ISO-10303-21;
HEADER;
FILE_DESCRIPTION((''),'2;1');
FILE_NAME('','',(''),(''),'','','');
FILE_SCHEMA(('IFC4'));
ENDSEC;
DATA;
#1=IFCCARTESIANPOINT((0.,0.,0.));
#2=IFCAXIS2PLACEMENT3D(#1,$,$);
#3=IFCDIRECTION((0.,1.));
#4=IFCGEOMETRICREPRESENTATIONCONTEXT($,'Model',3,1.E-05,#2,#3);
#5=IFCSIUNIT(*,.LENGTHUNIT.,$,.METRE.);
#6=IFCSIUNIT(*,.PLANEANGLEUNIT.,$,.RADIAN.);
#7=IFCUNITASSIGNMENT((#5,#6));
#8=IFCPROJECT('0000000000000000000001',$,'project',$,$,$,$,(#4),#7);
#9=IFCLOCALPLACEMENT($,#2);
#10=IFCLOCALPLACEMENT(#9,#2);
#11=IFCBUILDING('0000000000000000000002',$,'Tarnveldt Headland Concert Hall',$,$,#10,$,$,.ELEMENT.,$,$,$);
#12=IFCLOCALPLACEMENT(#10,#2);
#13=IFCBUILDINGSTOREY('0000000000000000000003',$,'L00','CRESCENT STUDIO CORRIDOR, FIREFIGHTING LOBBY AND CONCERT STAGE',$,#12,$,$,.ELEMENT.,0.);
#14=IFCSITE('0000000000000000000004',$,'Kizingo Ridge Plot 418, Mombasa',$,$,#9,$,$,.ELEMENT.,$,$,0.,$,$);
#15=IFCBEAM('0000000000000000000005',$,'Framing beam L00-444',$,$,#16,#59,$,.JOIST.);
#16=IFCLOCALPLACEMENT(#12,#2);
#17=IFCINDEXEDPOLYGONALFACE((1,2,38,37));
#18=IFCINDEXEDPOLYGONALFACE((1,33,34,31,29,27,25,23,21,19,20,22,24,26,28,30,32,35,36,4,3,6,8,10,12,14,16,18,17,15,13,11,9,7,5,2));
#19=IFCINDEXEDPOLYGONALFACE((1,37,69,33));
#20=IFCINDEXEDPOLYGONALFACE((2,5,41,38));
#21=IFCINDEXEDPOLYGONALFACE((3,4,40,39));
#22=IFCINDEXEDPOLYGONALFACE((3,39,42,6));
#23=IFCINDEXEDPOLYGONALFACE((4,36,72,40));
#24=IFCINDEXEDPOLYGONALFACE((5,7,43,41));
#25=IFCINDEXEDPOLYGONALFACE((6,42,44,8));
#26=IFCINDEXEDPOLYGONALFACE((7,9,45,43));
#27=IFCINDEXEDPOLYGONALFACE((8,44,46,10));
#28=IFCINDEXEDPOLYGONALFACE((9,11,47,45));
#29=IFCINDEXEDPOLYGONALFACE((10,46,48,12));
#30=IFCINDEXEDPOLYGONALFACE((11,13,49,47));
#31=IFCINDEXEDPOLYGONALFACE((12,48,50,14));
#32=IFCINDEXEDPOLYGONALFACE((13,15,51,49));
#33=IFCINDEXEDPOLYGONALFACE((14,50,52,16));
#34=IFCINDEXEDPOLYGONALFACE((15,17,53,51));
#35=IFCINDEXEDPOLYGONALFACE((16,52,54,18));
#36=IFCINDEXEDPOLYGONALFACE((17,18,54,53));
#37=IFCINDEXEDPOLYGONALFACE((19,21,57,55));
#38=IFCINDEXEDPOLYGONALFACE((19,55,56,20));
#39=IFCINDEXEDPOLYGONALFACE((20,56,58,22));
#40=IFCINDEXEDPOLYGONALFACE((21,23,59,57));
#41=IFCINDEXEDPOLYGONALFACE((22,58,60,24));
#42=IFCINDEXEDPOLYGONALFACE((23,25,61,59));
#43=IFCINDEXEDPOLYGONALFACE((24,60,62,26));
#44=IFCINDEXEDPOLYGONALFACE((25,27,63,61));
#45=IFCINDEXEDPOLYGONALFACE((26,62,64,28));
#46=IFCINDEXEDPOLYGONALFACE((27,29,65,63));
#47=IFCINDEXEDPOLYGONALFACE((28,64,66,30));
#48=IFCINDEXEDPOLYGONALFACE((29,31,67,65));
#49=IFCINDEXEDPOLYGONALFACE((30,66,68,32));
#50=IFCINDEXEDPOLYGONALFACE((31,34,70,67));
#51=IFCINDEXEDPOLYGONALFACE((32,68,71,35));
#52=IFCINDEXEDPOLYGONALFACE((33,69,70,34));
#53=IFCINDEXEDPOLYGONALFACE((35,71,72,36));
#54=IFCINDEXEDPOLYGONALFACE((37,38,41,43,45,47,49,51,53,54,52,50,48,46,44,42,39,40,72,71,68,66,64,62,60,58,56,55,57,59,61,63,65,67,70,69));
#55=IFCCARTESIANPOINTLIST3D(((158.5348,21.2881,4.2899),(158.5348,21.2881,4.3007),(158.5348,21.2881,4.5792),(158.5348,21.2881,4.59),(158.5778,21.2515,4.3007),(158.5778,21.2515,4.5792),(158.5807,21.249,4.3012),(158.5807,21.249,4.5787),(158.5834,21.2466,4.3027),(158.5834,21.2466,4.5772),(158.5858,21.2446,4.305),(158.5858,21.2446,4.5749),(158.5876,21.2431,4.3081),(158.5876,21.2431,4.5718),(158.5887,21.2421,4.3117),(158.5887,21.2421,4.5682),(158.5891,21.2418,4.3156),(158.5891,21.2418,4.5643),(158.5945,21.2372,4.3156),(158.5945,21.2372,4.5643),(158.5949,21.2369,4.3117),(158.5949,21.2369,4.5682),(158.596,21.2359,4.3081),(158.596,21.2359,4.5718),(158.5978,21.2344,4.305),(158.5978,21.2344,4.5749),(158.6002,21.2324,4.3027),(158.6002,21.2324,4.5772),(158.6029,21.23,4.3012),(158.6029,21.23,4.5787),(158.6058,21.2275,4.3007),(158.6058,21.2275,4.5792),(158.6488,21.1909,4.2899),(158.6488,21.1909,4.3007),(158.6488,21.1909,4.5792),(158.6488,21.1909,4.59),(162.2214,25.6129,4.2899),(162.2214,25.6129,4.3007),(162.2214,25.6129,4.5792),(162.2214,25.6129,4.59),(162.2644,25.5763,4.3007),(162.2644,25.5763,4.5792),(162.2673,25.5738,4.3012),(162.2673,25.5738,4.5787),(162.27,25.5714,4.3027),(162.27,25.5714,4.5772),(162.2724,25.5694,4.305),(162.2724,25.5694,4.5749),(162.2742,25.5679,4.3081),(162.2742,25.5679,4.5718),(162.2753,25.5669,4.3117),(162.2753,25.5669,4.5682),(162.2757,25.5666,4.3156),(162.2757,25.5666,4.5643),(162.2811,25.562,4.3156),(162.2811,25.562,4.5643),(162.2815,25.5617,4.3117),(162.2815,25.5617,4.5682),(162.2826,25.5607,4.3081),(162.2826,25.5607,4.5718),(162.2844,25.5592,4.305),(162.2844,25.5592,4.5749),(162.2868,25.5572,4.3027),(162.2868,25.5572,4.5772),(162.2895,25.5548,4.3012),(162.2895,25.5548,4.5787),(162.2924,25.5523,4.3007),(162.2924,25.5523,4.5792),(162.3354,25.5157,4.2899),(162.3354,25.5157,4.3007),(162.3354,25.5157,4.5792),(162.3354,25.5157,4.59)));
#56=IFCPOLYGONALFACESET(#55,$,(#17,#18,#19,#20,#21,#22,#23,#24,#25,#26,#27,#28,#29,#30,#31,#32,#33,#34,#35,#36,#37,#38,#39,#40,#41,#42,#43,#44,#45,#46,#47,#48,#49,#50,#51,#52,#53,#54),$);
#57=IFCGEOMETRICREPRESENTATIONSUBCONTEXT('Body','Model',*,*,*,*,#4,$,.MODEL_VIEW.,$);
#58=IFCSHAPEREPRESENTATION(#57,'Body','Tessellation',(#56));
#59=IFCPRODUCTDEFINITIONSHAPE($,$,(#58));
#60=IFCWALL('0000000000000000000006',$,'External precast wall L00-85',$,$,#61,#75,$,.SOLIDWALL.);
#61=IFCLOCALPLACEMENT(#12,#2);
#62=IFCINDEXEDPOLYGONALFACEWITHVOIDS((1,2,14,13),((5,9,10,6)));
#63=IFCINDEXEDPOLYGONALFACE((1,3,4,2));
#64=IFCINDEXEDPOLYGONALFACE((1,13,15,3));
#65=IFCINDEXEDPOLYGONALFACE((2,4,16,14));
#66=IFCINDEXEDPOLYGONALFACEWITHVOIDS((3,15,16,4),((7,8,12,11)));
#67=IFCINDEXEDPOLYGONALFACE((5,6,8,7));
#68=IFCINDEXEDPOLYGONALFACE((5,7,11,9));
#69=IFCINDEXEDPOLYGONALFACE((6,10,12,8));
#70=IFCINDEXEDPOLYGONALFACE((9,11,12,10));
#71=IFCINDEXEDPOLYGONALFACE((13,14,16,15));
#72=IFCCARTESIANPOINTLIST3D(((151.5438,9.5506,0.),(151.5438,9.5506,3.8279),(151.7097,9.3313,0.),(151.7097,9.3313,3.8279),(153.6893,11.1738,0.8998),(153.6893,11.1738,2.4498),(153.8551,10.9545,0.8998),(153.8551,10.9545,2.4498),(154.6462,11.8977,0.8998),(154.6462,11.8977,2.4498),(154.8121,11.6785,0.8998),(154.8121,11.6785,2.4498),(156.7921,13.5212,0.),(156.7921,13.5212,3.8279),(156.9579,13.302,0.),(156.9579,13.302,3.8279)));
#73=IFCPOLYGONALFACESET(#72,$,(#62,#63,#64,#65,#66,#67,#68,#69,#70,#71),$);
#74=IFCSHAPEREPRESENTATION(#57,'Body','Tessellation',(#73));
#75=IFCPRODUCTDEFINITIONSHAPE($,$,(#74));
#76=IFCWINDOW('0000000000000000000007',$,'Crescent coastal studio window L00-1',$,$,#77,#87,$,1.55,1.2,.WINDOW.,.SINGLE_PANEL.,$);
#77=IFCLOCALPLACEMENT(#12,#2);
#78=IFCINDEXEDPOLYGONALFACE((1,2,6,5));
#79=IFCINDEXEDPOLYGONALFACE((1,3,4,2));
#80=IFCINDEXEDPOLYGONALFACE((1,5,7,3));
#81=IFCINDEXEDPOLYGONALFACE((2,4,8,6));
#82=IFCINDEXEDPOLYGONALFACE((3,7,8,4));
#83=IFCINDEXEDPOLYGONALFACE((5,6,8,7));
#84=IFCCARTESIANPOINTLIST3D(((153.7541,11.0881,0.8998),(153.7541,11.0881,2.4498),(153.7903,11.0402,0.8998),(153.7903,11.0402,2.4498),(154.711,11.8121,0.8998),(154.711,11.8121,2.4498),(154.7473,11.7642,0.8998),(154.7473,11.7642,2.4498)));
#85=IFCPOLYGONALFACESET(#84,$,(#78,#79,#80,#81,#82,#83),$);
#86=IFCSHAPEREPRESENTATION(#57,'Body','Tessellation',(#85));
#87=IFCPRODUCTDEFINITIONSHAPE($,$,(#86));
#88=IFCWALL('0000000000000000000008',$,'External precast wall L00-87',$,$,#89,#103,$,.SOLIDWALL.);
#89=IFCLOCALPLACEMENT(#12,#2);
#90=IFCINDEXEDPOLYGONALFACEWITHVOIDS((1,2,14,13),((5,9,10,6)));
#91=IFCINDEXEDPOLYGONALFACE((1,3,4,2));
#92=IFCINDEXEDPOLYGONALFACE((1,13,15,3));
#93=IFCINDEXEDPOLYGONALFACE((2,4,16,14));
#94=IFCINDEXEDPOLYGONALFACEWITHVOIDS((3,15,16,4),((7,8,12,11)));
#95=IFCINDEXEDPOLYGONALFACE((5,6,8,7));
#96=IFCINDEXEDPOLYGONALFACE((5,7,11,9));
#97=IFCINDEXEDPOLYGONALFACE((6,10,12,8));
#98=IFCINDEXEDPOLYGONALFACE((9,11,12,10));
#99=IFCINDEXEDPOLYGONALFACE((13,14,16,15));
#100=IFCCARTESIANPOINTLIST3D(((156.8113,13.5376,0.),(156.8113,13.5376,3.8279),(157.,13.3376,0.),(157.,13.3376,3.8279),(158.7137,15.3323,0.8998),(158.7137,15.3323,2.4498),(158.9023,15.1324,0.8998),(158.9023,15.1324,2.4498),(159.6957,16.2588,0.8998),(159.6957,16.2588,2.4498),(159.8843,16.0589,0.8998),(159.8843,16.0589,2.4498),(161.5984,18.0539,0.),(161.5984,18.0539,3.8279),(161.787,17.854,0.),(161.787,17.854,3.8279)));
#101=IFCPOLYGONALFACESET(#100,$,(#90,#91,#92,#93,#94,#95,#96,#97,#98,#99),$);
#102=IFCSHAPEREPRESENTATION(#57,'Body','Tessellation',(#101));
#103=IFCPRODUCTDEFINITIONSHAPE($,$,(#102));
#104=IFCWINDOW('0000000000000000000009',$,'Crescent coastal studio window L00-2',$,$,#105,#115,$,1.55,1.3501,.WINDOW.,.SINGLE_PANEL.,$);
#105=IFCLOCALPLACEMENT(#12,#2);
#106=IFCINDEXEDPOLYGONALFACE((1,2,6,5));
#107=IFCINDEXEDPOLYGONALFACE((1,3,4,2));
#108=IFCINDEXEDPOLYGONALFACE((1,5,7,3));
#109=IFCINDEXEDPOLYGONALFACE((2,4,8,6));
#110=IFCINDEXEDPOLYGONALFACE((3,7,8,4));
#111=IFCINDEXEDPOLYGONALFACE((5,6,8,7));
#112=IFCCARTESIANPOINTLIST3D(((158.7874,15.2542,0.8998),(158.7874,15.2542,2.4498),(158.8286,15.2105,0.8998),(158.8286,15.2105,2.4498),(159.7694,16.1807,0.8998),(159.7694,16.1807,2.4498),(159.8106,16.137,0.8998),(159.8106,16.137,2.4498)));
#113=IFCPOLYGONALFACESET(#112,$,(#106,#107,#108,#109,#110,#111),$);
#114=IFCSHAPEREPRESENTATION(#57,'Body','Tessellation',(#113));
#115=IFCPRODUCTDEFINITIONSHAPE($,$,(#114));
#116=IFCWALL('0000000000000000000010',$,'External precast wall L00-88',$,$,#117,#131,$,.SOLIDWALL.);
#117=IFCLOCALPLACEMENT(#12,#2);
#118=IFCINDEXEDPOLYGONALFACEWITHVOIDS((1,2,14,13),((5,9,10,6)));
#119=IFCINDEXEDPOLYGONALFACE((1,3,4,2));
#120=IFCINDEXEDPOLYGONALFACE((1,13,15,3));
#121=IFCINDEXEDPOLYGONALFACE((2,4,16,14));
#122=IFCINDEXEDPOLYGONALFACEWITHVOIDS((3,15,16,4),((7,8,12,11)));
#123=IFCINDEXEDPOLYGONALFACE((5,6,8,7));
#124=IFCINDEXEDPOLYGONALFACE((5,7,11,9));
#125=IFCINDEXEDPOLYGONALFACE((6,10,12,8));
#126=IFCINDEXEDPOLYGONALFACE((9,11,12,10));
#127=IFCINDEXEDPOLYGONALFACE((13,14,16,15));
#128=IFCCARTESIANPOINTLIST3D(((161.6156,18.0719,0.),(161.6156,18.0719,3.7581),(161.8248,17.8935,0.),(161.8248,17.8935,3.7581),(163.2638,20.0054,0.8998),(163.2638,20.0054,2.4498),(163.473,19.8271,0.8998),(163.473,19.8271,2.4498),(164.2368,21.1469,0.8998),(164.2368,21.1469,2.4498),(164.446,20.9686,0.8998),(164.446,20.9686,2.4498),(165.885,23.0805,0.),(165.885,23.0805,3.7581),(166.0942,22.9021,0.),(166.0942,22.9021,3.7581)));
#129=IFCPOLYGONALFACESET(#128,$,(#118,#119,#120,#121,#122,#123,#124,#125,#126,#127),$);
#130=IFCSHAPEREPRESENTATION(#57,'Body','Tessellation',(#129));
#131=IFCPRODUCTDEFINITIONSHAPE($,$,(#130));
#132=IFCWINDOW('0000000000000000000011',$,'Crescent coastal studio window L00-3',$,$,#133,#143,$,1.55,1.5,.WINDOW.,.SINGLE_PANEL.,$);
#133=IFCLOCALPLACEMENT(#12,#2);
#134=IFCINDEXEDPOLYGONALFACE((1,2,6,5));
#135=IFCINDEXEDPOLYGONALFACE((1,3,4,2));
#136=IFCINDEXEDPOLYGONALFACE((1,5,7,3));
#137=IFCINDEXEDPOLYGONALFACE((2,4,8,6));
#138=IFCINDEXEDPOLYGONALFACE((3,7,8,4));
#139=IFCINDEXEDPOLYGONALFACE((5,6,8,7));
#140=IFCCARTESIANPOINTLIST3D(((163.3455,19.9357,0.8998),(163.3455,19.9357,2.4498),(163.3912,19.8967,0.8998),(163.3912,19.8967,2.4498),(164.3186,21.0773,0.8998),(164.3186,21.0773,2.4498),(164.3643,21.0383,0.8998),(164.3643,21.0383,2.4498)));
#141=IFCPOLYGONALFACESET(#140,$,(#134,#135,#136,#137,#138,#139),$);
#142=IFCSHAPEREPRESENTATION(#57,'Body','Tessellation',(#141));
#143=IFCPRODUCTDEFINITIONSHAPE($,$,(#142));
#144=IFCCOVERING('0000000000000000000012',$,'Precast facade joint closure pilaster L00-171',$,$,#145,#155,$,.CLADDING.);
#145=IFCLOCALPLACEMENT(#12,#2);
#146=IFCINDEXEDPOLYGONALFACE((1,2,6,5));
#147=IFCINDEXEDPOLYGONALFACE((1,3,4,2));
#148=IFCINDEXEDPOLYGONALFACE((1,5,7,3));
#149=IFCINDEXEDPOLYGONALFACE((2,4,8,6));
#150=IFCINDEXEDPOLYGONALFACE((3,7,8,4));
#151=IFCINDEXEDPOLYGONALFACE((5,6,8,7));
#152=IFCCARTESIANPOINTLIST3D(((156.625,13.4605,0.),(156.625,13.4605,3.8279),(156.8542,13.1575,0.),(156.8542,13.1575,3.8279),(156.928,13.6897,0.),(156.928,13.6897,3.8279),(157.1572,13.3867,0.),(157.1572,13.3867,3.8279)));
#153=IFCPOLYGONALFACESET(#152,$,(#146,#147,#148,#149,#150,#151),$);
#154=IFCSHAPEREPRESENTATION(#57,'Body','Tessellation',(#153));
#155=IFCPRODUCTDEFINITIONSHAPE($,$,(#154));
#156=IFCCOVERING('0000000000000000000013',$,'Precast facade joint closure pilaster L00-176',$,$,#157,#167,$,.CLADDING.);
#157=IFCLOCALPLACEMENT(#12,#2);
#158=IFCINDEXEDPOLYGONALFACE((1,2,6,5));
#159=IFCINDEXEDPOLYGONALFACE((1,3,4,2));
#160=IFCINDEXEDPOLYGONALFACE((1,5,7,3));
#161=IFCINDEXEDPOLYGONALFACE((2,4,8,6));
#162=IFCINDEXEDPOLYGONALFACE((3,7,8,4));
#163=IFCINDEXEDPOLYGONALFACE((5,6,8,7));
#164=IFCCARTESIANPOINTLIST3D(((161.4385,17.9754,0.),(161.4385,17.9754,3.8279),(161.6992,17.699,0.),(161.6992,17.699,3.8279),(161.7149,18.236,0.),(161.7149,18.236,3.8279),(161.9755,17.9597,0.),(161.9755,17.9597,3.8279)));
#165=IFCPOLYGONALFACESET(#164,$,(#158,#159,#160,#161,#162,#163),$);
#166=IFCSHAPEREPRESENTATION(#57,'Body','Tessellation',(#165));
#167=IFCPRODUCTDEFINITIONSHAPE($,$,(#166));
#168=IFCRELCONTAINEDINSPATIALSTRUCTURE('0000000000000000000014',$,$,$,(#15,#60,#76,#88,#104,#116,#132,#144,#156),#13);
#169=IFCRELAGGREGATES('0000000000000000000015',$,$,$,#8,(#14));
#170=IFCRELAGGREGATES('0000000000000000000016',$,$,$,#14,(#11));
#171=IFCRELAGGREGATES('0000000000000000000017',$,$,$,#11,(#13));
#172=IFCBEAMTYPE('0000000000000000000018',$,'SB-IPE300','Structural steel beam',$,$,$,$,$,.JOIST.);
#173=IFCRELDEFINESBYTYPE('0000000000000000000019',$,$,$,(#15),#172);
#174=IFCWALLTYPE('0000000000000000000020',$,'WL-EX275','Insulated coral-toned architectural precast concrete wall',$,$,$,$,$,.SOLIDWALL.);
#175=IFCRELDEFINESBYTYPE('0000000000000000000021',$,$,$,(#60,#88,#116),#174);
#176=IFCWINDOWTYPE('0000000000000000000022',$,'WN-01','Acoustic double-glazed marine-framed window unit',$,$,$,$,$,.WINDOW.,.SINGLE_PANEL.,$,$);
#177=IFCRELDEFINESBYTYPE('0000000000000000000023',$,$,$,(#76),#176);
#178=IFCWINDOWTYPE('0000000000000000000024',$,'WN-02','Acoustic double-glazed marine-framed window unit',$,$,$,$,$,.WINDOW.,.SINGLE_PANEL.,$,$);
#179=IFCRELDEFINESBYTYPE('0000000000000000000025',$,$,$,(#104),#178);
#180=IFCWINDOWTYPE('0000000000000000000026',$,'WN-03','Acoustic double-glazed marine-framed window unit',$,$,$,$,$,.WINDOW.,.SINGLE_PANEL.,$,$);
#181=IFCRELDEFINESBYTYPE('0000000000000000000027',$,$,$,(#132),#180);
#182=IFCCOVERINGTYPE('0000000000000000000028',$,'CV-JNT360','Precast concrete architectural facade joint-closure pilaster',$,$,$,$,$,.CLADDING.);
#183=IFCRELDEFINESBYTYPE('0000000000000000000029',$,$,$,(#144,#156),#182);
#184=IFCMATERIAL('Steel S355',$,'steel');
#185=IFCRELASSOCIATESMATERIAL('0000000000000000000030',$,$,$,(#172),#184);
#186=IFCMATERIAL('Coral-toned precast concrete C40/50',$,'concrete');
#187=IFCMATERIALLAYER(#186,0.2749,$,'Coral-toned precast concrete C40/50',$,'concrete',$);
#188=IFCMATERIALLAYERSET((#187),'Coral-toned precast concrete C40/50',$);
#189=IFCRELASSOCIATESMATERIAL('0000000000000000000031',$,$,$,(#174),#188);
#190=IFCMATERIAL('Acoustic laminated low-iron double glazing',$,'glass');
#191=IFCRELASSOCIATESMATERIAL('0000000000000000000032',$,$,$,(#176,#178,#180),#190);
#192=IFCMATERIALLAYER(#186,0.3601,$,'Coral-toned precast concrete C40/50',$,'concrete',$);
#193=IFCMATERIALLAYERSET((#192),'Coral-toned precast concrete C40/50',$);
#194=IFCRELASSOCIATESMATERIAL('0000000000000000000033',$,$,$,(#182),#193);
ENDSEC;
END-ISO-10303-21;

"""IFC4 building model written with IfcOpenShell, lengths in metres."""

from ifc_helpers import new_model, si_unit, direction, frame, frame_2d, origin, origin_2d, place, context, subcontext, project, spatial, rectangle, i_section, extrude, material, layer, layer_set, material_profile, profile_set, type_object, element, fill, save


model = new_model("IFC4")

# Units and contexts
model_context = context("Model", 3, precision=1e-05, world=origin(), true_north=direction((0.0, 1.0)))
body_context = subcontext(model_context, "Body", "Model", "MODEL_VIEW")
ifc_project = project(units=[si_unit("LENGTHUNIT", "METRE"), si_unit("PLANEANGLEUNIT", "RADIAN")], contexts=[model_context])

# Site, building, storey
site_placement = place(None, origin())
site = spatial("IfcSite", under=ifc_project, at=site_placement, Name="Kizingo Ridge Plot 418, Mombasa", CompositionType="ELEMENT", RefElevation=0.0)
building_placement = place(site_placement, origin())
building = spatial("IfcBuilding", under=site, at=building_placement, Name="Tarnveldt Headland Concert Hall", CompositionType="ELEMENT")
storey_placement = place(building_placement, origin())
storey = spatial("IfcBuildingStorey", under=building, at=storey_placement, Name="L00", Description="CRESCENT STUDIO CORRIDOR, FIREFIGHTING LOBBY AND CONCERT STAGE", CompositionType="ELEMENT", Elevation=0.0)

# Beam
ifc_material_1 = material(Name="Steel S355", Category="steel")
ifc_material_profile_1 = material_profile(ifc_material_1, i_section(OverallWidth=0.1499, OverallDepth=0.3, WebThickness=0.0071, FlangeThickness=0.0107, FilletRadius=0.0149, at=origin_2d()), Name="IPE300", Category="steel")
ifc_profile_set_1 = profile_set([ifc_material_profile_1], Name="Steel S355")
beam_type_1 = type_object("IfcBeamType", Name="SB-IPE300", Description="Structural steel beam", PredefinedType="JOIST", material=ifc_profile_set_1)
for number, where, z_axis, x_axis, name in (
    (1, (158.5918, 21.2395, 4.4399), (0.648723, 0.761025, 0.0), (-0.761025, 0.648723, 0.0), "Framing beam L00-444"),
):
    element("IfcBeam", number, at=place(storey_placement, frame(where, z_axis=z_axis, x_axis=x_axis)), inside=storey, type_object=beam_type_1, Name=name, PredefinedType="JOIST", context=body_context, shape_type="SweptSolid", body=[
        extrude(i_section(OverallWidth=0.1499, OverallDepth=0.3, WebThickness=0.0071, FlangeThickness=0.0107, FilletRadius=0.0149, at=origin_2d()), origin(), (0.0, 0.0, 1.0), 5.6829),
    ])

# Walls, openings, windows
ifc_material_2 = material(Name="Coral-toned precast concrete C40/50", Category="concrete")
ifc_layer_1 = layer(ifc_material_2, 0.2749, Name="Coral-toned precast concrete C40/50", Category="concrete")
ifc_layer_set_1 = layer_set([ifc_layer_1], Name="Coral-toned precast concrete C40/50")
wall_type = type_object("IfcWallType", Name="WL-EX275", Description="Insulated coral-toned architectural precast concrete wall", PredefinedType="SOLIDWALL", material=ifc_layer_set_1)
wall_1_placement = place(storey_placement, frame((156.875, 13.4116, 0.0), z_axis=(0.0, 0.0, 1.0), x_axis=(-0.797478, -0.603348, 0.0)))
wall_1 = element("IfcWall", 2, at=wall_1_placement, inside=storey, type_object=wall_type, Name="External precast wall L00-85", PredefinedType="SOLIDWALL", context=body_context, shape_type="SweptSolid", body=[
    extrude(rectangle(XDim=6.5811, YDim=0.2749, at=frame_2d((3.2905, 0.0))), origin(), (0.0, 0.0, 1.0), 3.8279),
])
opening_1_placement = place(wall_1_placement, frame((2.6907, 0.0, 0.8999)))
opening_1 = element("IfcOpeningElement", 3, at=opening_1_placement, cuts=wall_1, PredefinedType="OPENING", context=body_context, shape_type="SweptSolid", body=[
    extrude(rectangle(XDim=1.2, YDim=1.55, at=frame_2d((0.6001, 0.7749))), frame((0.0, 0.1475, 0.0), z_axis=(0.0, -1.0, 0.0), x_axis=(1.0, 0.0, 0.0)), (0.0, 0.0, 1.0), 0.2949),
])
ifc_material_3 = material(Name="Acoustic laminated low-iron double glazing", Category="glass")
window_type_1 = type_object("IfcWindowType", Name="WN-01", Description="Acoustic double-glazed marine-framed window unit", PartitioningType="SINGLE_PANEL", PredefinedType="WINDOW", material=ifc_material_3)
window_1_placement = place(opening_1_placement, origin())
window_1 = element("IfcWindow", 4, at=window_1_placement, inside=storey, type_object=window_type_1, Name="Crescent coastal studio window L00-1", OverallHeight=1.55, OverallWidth=1.2, PartitioningType="SINGLE_PANEL", PredefinedType="WINDOW", context=body_context, shape_type="SweptSolid", body=[
    extrude(rectangle(XDim=1.2, YDim=1.55, at=frame_2d((0.6001, 0.7749))), frame((0.0, 0.03, 0.0), z_axis=(0.0, -1.0, 0.0), x_axis=(1.0, 0.0, 0.0)), (0.0, 0.0, 1.0), 0.0601),
])
fill(opening_1, window_1)
wall_2_placement = place(storey_placement, frame((161.6926, 17.9539, 0.0), z_axis=(0.0, 0.0, 1.0), x_axis=(-0.727377, -0.686238, 0.0)))
wall_2 = element("IfcWall", 5, at=wall_2_placement, inside=storey, type_object=wall_type, Name="External precast wall L00-87", PredefinedType="SOLIDWALL", context=body_context, shape_type="SweptSolid", body=[
    extrude(rectangle(XDim=6.5813, YDim=0.2749, at=frame_2d((3.2905, 0.0))), origin(), (0.0, 0.0, 1.0), 3.8279),
])
opening_2_placement = place(wall_2_placement, frame((2.6157, 0.0, 0.8999)))
opening_2 = element("IfcOpeningElement", 6, at=opening_2_placement, cuts=wall_2, PredefinedType="OPENING", context=body_context, shape_type="SweptSolid", body=[
    extrude(rectangle(XDim=1.3501, YDim=1.55, at=frame_2d((0.675, 0.7749))), frame((0.0, 0.1475, 0.0), z_axis=(0.0, -1.0, 0.0), x_axis=(1.0, 0.0, 0.0)), (0.0, 0.0, 1.0), 0.2949),
])
window_type_2 = type_object("IfcWindowType", Name="WN-02", Description="Acoustic double-glazed marine-framed window unit", PartitioningType="SINGLE_PANEL", PredefinedType="WINDOW", material=ifc_material_3)
window_2_placement = place(opening_2_placement, origin())
window_2 = element("IfcWindow", 7, at=window_2_placement, inside=storey, type_object=window_type_2, Name="Crescent coastal studio window L00-2", OverallHeight=1.55, OverallWidth=1.3501, PartitioningType="SINGLE_PANEL", PredefinedType="WINDOW", context=body_context, shape_type="SweptSolid", body=[
    extrude(rectangle(XDim=1.3501, YDim=1.55, at=frame_2d((0.675, 0.7749))), frame((0.0, 0.03, 0.0), z_axis=(0.0, -1.0, 0.0), x_axis=(1.0, 0.0, 0.0)), (0.0, 0.0, 1.0), 0.0601),
])
fill(opening_2, window_2)
wall_3_placement = place(storey_placement, frame((165.9895, 22.9912, 0.0), z_axis=(0.0, 0.0, 1.0), x_axis=(-0.648708, -0.761037, 0.0)))
wall_3 = element("IfcWall", 8, at=wall_3_placement, inside=storey, type_object=wall_type, Name="External precast wall L00-88", PredefinedType="SOLIDWALL", context=body_context, shape_type="SweptSolid", body=[
    extrude(rectangle(XDim=6.5813, YDim=0.2749, at=frame_2d((3.2905, 0.0))), origin(), (0.0, 0.0, 1.0), 3.7581),
])
opening_3_placement = place(wall_3_placement, frame((2.5405, 0.0, 0.8999)))
opening_3 = element("IfcOpeningElement", 9, at=opening_3_placement, cuts=wall_3, PredefinedType="OPENING", context=body_context, shape_type="SweptSolid", body=[
    extrude(rectangle(XDim=1.5, YDim=1.55, at=frame_2d((0.75, 0.7749))), frame((0.0, 0.1475, 0.0), z_axis=(0.0, -1.0, 0.0), x_axis=(1.0, 0.0, 0.0)), (0.0, 0.0, 1.0), 0.2949),
])
window_type_3 = type_object("IfcWindowType", Name="WN-03", Description="Acoustic double-glazed marine-framed window unit", PartitioningType="SINGLE_PANEL", PredefinedType="WINDOW", material=ifc_material_3)
window_3_placement = place(opening_3_placement, origin())
window_3 = element("IfcWindow", 10, at=window_3_placement, inside=storey, type_object=window_type_3, Name="Crescent coastal studio window L00-3", OverallHeight=1.55, OverallWidth=1.5, PartitioningType="SINGLE_PANEL", PredefinedType="WINDOW", context=body_context, shape_type="SweptSolid", body=[
    extrude(rectangle(XDim=1.5, YDim=1.55, at=frame_2d((0.75, 0.7749))), frame((0.0, 0.03, 0.0), z_axis=(0.0, -1.0, 0.0), x_axis=(1.0, 0.0, 0.0)), (0.0, 0.0, 1.0), 0.0601),
])
fill(opening_3, window_3)

# Coverings
ifc_layer_2 = layer(ifc_material_2, 0.3601, Name="Coral-toned precast concrete C40/50", Category="concrete")
ifc_layer_set_2 = layer_set([ifc_layer_2], Name="Coral-toned precast concrete C40/50")
covering_type = type_object("IfcCoveringType", Name="CV-JNT360", Description="Precast concrete architectural facade joint-closure pilaster", PredefinedType="CLADDING", material=ifc_layer_set_2)
for number, where, z_axis, x_axis, name in (
    (11, (156.8911, 13.4236, 0.0), (0.0, 0.0, 1.0), (-0.797479, -0.603347, 0.0), "Precast facade joint closure pilaster L00-171"),
    (12, (161.707, 17.9675, 0.0), (0.0, 0.0, 1.0), (-0.727414, -0.686199, 0.0), "Precast facade joint closure pilaster L00-176"),
):
    element("IfcCovering", number, at=place(storey_placement, frame(where, z_axis=z_axis, x_axis=x_axis)), inside=storey, type_object=covering_type, Name=name, PredefinedType="CLADDING", context=body_context, shape_type="SweptSolid", body=[
        extrude(rectangle(XDim=0.3799, YDim=0.3799, at=origin_2d()), origin(), (0.0, 0.0, 1.0), 3.8279),
    ])

save(model, "model.ifc")
